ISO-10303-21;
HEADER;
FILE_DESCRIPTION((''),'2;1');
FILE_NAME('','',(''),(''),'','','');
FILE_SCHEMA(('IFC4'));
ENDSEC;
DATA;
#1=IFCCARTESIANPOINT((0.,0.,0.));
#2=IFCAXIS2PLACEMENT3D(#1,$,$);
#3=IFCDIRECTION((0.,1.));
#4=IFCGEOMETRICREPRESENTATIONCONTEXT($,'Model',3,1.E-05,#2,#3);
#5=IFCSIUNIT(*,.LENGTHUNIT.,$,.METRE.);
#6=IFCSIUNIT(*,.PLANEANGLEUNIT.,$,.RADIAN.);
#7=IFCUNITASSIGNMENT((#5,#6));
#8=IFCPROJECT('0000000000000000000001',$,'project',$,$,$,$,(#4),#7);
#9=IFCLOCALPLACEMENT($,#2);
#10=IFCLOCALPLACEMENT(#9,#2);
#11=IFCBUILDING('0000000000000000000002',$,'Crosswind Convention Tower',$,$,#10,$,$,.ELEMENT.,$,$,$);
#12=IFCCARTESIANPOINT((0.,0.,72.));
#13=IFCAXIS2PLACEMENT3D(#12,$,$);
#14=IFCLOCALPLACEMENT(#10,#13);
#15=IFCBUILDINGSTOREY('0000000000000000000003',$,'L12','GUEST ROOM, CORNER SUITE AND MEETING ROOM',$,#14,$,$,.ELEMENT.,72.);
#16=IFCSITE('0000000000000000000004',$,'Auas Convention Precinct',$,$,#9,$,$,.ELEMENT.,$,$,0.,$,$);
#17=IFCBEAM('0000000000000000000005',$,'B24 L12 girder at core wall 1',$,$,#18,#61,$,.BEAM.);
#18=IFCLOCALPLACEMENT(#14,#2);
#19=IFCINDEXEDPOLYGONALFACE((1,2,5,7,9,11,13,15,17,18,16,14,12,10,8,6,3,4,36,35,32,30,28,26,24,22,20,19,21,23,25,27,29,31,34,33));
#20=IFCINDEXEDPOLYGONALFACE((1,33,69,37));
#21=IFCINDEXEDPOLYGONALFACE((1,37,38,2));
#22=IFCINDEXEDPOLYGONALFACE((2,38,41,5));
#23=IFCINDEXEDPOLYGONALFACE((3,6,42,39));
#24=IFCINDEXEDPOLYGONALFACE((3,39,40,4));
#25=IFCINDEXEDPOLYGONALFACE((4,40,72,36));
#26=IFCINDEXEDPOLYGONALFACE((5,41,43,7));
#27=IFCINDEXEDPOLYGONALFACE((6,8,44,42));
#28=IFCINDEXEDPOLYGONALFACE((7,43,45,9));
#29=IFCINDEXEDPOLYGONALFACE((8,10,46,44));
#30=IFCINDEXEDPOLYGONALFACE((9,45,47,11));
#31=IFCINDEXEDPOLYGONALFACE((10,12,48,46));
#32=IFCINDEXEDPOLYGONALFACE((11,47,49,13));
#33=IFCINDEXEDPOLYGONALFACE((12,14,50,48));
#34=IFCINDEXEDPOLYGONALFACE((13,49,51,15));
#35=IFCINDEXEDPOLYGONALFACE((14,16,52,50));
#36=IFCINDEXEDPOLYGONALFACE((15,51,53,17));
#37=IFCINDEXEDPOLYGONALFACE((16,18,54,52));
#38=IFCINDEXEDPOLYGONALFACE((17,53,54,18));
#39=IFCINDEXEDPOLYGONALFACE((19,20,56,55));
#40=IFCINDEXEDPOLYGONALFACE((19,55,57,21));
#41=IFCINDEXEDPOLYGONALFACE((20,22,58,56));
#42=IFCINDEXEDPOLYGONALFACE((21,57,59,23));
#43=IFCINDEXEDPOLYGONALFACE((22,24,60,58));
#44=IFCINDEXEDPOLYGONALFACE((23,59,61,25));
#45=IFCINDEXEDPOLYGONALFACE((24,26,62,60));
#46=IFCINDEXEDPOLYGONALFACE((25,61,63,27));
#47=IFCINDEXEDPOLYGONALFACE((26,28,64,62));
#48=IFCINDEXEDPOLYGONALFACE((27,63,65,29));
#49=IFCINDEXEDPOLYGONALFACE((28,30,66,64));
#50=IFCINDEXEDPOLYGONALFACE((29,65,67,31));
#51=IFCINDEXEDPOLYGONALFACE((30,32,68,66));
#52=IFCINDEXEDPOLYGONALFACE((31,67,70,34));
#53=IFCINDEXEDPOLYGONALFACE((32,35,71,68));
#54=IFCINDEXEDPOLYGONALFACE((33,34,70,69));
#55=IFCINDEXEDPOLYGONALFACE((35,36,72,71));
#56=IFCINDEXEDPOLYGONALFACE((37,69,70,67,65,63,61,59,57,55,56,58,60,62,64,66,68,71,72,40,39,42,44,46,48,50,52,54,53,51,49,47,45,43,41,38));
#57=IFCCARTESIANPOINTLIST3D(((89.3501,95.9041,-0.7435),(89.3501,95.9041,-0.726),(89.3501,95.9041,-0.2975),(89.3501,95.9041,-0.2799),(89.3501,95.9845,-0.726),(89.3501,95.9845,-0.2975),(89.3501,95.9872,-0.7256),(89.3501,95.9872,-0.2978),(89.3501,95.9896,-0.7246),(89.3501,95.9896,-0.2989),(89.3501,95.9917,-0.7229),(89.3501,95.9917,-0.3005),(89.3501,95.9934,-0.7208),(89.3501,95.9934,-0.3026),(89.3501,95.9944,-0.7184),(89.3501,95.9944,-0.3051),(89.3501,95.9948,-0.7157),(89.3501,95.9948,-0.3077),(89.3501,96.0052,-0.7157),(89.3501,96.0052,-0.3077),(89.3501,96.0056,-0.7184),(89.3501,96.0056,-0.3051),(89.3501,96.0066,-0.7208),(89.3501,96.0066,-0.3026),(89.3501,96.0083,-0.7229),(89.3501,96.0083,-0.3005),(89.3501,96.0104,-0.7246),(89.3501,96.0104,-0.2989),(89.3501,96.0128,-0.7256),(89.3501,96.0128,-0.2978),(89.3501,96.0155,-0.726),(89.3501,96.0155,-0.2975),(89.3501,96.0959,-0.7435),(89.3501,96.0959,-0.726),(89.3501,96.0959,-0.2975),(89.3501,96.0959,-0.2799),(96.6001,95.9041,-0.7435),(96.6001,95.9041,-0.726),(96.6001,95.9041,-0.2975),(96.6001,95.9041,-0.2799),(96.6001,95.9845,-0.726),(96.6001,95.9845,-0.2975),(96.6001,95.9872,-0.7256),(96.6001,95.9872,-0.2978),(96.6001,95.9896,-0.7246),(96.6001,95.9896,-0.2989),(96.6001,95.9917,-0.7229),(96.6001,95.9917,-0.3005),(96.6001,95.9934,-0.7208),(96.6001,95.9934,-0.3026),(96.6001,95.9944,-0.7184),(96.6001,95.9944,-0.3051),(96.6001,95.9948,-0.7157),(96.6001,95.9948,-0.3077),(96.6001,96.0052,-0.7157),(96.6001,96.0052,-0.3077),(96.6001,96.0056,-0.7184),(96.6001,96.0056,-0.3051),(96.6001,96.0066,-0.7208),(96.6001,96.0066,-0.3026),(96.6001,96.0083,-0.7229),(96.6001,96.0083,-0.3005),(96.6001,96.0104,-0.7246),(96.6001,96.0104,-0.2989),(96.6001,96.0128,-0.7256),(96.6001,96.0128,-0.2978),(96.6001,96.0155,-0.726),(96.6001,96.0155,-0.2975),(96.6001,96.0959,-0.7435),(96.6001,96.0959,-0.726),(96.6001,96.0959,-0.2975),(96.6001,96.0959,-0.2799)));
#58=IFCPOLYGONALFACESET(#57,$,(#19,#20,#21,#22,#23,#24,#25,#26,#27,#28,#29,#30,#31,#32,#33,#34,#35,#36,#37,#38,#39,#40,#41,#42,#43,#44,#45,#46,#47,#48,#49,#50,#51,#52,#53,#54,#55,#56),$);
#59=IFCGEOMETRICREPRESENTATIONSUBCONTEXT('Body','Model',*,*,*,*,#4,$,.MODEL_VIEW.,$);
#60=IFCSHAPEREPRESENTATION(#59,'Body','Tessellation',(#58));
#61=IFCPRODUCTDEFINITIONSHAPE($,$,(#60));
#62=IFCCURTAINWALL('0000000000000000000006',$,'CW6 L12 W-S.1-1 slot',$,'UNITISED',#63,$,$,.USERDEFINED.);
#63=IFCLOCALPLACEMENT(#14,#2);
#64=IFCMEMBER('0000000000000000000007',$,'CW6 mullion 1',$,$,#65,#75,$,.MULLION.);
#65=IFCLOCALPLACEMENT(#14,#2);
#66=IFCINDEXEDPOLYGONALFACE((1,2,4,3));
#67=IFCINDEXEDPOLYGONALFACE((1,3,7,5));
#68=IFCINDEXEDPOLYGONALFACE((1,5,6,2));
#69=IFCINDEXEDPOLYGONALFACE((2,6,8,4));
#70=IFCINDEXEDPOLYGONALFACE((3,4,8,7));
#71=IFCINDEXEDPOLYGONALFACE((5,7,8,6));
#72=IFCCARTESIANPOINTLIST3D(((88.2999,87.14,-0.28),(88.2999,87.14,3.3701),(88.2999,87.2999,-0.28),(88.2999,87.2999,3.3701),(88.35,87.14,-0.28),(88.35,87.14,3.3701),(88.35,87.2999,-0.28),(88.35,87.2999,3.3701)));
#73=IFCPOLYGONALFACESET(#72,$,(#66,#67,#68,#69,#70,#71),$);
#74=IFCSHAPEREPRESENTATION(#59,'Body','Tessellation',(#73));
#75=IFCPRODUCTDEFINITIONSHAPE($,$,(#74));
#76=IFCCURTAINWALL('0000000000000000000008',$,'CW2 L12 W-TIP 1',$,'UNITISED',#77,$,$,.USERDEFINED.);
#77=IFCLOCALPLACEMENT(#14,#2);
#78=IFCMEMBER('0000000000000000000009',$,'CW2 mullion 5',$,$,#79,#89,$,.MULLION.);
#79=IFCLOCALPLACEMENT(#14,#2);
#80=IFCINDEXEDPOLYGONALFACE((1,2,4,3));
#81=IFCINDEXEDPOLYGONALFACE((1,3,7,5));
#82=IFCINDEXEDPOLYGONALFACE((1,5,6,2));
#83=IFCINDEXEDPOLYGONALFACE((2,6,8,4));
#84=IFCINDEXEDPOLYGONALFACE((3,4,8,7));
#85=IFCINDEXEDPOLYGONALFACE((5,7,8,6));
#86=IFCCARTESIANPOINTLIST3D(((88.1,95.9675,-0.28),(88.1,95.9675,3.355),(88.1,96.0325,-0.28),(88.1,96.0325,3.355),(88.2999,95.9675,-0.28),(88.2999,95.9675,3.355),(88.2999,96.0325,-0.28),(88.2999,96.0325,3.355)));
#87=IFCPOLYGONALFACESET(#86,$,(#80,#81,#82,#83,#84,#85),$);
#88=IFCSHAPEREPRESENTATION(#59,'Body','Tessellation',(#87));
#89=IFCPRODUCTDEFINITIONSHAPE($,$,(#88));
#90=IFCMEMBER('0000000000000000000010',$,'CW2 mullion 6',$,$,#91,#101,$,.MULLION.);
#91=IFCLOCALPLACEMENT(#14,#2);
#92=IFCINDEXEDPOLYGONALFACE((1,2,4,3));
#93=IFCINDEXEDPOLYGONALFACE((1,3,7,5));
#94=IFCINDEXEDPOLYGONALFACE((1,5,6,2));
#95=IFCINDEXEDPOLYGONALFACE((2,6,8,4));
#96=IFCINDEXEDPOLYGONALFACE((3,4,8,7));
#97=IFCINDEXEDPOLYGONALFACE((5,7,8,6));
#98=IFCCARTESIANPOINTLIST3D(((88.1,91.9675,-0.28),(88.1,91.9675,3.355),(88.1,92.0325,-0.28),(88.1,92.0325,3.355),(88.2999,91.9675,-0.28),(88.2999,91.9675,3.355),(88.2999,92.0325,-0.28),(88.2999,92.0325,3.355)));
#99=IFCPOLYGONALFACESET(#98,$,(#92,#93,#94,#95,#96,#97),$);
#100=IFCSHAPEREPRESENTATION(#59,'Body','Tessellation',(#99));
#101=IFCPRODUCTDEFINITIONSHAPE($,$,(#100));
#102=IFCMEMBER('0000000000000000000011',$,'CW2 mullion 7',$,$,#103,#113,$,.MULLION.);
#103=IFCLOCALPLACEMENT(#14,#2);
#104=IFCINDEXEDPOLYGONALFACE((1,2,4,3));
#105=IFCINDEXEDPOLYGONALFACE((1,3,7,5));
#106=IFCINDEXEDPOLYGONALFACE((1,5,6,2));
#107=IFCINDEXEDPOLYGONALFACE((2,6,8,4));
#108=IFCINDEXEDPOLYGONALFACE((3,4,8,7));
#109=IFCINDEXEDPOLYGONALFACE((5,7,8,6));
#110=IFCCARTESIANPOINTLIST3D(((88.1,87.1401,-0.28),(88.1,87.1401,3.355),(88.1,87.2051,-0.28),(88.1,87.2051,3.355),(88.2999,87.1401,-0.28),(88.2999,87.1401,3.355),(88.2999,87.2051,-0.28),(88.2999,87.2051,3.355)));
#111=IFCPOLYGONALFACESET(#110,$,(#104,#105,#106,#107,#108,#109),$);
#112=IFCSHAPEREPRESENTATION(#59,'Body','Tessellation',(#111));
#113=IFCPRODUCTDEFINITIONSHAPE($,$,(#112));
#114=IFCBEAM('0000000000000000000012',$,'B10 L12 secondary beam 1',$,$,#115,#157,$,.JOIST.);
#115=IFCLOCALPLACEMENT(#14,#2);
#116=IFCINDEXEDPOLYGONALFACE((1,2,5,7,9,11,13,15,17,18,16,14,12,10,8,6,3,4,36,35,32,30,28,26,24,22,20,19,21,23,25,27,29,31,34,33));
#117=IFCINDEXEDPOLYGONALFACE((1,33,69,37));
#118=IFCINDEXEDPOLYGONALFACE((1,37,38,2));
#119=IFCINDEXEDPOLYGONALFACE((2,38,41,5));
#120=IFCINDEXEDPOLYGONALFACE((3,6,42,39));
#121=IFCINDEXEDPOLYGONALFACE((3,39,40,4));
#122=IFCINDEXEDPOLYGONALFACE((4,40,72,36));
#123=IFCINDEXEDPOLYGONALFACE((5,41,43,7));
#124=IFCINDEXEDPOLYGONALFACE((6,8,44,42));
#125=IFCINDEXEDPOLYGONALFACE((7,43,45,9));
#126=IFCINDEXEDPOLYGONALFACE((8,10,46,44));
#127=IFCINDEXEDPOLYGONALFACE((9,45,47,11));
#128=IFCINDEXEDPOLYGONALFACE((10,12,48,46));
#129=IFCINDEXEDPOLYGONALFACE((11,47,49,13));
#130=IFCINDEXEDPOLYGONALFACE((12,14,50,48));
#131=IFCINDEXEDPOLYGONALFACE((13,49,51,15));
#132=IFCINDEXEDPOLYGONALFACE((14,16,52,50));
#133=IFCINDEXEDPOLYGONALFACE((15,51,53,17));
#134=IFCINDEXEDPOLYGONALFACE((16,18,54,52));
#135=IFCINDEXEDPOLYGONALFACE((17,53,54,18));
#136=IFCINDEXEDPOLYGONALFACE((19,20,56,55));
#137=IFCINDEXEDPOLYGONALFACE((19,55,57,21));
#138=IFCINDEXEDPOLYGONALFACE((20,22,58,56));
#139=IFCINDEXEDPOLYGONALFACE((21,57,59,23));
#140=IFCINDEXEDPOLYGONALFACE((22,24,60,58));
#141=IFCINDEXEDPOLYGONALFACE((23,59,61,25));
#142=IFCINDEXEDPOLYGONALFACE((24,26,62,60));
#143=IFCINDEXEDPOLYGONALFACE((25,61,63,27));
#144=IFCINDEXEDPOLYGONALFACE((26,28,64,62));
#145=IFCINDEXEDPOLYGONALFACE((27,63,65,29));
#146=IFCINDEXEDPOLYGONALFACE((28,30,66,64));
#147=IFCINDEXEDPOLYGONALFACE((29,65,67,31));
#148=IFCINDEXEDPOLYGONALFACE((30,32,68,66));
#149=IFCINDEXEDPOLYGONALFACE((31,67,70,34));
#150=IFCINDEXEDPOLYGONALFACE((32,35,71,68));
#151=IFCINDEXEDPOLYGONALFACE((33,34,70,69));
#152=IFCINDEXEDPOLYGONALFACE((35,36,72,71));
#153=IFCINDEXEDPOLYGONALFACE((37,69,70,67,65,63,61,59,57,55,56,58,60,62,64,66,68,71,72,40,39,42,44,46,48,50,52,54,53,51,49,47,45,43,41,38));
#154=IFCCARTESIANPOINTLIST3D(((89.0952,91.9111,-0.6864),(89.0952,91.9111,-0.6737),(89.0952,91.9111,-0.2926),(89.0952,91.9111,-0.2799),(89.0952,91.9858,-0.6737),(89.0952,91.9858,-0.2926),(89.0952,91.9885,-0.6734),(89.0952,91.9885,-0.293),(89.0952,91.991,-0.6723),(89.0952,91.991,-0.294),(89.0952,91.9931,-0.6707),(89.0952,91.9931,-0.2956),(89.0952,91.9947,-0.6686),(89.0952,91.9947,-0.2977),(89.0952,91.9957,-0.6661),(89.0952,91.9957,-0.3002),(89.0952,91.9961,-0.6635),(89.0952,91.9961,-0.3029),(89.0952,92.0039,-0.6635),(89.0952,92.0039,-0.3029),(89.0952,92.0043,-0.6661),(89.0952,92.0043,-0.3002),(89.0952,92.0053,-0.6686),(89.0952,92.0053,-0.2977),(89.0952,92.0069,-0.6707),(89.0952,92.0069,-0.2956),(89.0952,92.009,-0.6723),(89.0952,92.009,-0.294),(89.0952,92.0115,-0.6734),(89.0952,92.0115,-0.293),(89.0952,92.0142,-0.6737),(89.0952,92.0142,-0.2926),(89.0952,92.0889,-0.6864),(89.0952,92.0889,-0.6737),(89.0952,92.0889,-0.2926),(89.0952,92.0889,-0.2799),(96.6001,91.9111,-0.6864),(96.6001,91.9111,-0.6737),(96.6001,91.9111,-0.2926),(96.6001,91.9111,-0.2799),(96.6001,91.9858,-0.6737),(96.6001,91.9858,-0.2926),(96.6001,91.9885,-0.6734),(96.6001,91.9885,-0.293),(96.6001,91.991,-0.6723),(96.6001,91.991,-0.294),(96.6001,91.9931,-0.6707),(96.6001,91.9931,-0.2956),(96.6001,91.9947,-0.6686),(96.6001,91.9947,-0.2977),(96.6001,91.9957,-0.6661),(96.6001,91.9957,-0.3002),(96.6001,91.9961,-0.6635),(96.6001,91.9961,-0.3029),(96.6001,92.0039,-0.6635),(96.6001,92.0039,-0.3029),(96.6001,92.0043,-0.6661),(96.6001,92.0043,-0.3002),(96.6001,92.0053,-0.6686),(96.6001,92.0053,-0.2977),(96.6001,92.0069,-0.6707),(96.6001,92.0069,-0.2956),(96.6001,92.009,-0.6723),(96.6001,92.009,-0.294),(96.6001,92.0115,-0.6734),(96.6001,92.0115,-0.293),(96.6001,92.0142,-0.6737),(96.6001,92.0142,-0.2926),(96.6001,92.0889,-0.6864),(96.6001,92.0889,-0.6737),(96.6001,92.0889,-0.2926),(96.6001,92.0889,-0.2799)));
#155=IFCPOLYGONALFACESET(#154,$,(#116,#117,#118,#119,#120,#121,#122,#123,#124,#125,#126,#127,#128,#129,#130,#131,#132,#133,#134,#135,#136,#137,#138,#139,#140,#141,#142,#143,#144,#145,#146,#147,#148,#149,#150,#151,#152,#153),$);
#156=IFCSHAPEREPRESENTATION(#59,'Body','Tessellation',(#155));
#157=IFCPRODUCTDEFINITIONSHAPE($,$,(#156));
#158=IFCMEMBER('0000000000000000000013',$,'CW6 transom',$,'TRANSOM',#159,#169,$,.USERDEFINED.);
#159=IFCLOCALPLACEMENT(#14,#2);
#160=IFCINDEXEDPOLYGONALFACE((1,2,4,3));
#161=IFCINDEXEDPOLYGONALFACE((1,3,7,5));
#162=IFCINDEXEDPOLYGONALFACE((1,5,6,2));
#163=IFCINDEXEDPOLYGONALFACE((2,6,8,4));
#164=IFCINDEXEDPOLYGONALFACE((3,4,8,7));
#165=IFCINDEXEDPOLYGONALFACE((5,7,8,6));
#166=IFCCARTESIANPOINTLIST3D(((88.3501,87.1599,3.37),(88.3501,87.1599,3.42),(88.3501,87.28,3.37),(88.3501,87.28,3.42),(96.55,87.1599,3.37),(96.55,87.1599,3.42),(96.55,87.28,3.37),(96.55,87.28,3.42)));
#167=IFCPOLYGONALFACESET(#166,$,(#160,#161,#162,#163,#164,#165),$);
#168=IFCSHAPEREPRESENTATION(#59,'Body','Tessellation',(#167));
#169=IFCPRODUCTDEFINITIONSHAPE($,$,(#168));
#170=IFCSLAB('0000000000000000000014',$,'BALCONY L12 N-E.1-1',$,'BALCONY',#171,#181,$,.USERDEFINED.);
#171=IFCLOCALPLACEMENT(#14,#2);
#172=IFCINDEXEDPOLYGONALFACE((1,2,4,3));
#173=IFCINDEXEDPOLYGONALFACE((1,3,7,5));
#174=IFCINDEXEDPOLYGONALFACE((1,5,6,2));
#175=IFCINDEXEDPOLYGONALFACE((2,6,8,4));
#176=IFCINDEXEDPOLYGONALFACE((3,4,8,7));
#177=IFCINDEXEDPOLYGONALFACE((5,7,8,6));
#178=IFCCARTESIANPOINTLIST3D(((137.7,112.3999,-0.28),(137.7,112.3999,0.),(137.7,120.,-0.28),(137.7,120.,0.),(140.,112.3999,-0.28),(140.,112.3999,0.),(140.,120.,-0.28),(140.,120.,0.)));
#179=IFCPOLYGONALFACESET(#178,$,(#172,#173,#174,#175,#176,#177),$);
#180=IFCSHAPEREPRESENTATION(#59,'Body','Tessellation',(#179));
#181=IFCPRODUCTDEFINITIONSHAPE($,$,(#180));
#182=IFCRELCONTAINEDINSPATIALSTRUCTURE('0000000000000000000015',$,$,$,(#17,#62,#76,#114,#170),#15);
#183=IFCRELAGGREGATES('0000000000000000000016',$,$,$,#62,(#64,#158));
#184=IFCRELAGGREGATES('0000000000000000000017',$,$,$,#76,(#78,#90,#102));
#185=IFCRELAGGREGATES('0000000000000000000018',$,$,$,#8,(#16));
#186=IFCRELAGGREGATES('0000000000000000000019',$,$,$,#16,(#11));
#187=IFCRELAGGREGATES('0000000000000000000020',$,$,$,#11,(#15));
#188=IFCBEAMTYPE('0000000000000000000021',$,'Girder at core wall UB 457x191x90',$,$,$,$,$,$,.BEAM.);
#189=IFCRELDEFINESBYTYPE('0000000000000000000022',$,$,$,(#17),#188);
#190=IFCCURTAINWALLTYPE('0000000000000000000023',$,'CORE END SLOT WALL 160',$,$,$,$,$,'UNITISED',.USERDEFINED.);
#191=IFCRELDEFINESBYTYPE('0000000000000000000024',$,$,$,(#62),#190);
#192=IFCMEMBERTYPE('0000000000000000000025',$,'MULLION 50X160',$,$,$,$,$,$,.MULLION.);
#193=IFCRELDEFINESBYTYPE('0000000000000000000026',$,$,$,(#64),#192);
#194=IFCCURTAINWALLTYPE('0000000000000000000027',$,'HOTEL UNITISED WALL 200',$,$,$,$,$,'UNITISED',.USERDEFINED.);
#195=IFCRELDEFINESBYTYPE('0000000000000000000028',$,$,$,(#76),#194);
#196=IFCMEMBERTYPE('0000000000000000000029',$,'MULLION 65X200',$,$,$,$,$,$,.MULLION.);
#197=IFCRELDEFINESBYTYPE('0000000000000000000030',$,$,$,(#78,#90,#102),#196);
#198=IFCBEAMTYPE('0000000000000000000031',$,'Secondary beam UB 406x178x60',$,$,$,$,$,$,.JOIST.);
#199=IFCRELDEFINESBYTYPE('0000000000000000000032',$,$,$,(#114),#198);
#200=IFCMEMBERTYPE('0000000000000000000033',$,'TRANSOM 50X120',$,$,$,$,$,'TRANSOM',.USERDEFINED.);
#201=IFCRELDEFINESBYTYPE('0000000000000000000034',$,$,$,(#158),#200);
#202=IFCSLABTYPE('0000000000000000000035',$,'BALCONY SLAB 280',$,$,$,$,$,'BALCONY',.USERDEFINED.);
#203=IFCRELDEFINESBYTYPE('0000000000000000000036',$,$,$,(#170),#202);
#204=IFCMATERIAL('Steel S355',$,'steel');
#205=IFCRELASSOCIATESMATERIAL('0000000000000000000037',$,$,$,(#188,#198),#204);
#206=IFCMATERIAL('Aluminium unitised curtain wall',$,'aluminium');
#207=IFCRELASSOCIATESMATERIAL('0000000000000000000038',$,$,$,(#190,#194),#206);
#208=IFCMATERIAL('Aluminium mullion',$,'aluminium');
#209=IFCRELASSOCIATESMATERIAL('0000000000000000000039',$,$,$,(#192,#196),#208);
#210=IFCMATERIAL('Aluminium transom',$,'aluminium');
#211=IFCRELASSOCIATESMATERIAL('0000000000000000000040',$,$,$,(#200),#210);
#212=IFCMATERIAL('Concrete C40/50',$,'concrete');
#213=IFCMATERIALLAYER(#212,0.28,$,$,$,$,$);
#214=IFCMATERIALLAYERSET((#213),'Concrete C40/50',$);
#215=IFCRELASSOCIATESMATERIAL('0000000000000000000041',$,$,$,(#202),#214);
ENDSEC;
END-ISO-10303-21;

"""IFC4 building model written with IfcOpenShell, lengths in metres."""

from ifc_helpers import new_model, si_unit, direction, frame, origin, origin_2d, place, context, subcontext, project, spatial, polyline, rectangle, i_section, outline, extrude, material, layer, layer_set, material_profile, profile_set, type_object, element, aggregate, save


model = new_model("IFC4")

# Units and contexts
model_context = context("Model", 3, precision=1e-05, world=origin(), true_north=direction((0.0, 1.0)))
body_context = subcontext(model_context, "Body", "Model", "MODEL_VIEW")
ifc_project = project(units=[si_unit("LENGTHUNIT", "METRE"), si_unit("PLANEANGLEUNIT", "RADIAN")], contexts=[model_context])

# Site, building, storey
site_placement = place(None, origin())
site = spatial("IfcSite", under=ifc_project, at=site_placement, Name="Auas Convention Precinct", CompositionType="ELEMENT", RefElevation=0.0)
building_placement = place(site_placement, origin())
building = spatial("IfcBuilding", under=site, at=building_placement, Name="Crosswind Convention Tower", CompositionType="ELEMENT")
storey_placement = place(building_placement, frame((0.0, 0.0, 72.0)))
storey = spatial("IfcBuildingStorey", under=building, at=storey_placement, Name="L12", Description="GUEST ROOM, CORNER SUITE AND MEETING ROOM", CompositionType="ELEMENT", Elevation=72.0)

# Beam
ifc_material_1 = material(Name="Steel S355", Category="steel")
ifc_material_profile_1 = material_profile(ifc_material_1, i_section(OverallWidth=0.1919, OverallDepth=0.4636, WebThickness=0.0105, FlangeThickness=0.0176, FilletRadius=0.0103, at=origin_2d()), Name="UB 457x191x90")
ifc_profile_set_1 = profile_set([ifc_material_profile_1], Name="Steel S355")
beam_type_1 = type_object("IfcBeamType", Name="Girder at core wall UB 457x191x90", PredefinedType="BEAM", material=ifc_profile_set_1)
beam_1_placement = place(storey_placement, frame((89.3501, 96.0, -0.5117), z_axis=(1.0, 0.0, 0.0), x_axis=(0.0, 1.0, 0.0)))
element("IfcBeam", 1, at=beam_1_placement, inside=storey, type_object=beam_type_1, Name="B24 L12 girder at core wall 1", PredefinedType="BEAM", context=body_context, shape_type="SweptSolid", body=[
    extrude(i_section(OverallWidth=0.1919, OverallDepth=0.4636, WebThickness=0.0105, FlangeThickness=0.0176, FilletRadius=0.0103, at=origin_2d()), origin(), (0.0, 0.0, 1.0), 7.25),
])

# Curtain wall, member
ifc_material_2 = material(Name="Aluminium unitised curtain wall", Category="aluminium")
curtain_wall_type_1 = type_object("IfcCurtainWallType", Name="CORE END SLOT WALL 160", ElementType="UNITISED", PredefinedType="USERDEFINED", material=ifc_material_2)
curtain_wall_1_placement = place(storey_placement, origin())
curtain_wall_1 = element("IfcCurtainWall", 2, at=curtain_wall_1_placement, inside=storey, type_object=curtain_wall_type_1, Name="CW6 L12 W-S.1-1 slot", ObjectType="UNITISED", PredefinedType="USERDEFINED")
ifc_material_3 = material(Name="Aluminium mullion", Category="aluminium")
ifc_material_profile_2 = material_profile(ifc_material_3, rectangle(XDim=0.1599, YDim=0.05, at=origin_2d()), Name="AL 160X50")
ifc_profile_set_2 = profile_set([ifc_material_profile_2], Name="Aluminium mullion")
member_type_1 = type_object("IfcMemberType", Name="MULLION 50X160", PredefinedType="MULLION", material=ifc_profile_set_2)
member_1_placement = place(storey_placement, frame((88.325, 87.22, -0.28), z_axis=(0.0, 0.0, 1.0), x_axis=(0.0, -1.0, 0.0)))
member_1 = element("IfcMember", 3, at=member_1_placement, type_object=member_type_1, Name="CW6 mullion 1", PredefinedType="MULLION", context=body_context, shape_type="SweptSolid", body=[
    extrude(rectangle(XDim=0.1599, YDim=0.05, at=origin_2d()), origin(), (0.0, 0.0, 1.0), 3.6501),
])

# Curtain wall, members
curtain_wall_type_2 = type_object("IfcCurtainWallType", Name="HOTEL UNITISED WALL 200", ElementType="UNITISED", PredefinedType="USERDEFINED", material=ifc_material_2)
curtain_wall_2_placement = place(storey_placement, origin())
curtain_wall_2 = element("IfcCurtainWall", 4, at=curtain_wall_2_placement, inside=storey, type_object=curtain_wall_type_2, Name="CW2 L12 W-TIP 1", ObjectType="UNITISED", PredefinedType="USERDEFINED")
ifc_material_profile_3 = material_profile(ifc_material_3, rectangle(XDim=0.2, YDim=0.0649, at=origin_2d()), Name="AL 200X65")
ifc_profile_set_3 = profile_set([ifc_material_profile_3], Name="Aluminium mullion")
member_type_2 = type_object("IfcMemberType", Name="MULLION 65X200", PredefinedType="MULLION", material=ifc_profile_set_3)
member_2_placement = place(storey_placement, frame((88.2, 96.0, -0.28), z_axis=(0.0, 0.0, 1.0), x_axis=(-1.0, 0.0, 0.0)))
member_2 = element("IfcMember", 5, at=member_2_placement, type_object=member_type_2, Name="CW2 mullion 5", PredefinedType="MULLION", context=body_context, shape_type="SweptSolid", body=[
    extrude(rectangle(XDim=0.2, YDim=0.0649, at=origin_2d()), origin(), (0.0, 0.0, 1.0), 3.635),
])
member_3_placement = place(storey_placement, frame((88.2, 92.0, -0.28), z_axis=(0.0, 0.0, 1.0), x_axis=(-1.0, 0.0, 0.0)))
member_3 = element("IfcMember", 6, at=member_3_placement, type_object=member_type_2, Name="CW2 mullion 6", PredefinedType="MULLION", context=body_context, shape_type="SweptSolid", body=[
    extrude(rectangle(XDim=0.2, YDim=0.0649, at=origin_2d()), origin(), (0.0, 0.0, 1.0), 3.635),
])
member_4_placement = place(storey_placement, frame((88.2, 87.1726, -0.28), z_axis=(0.0, 0.0, 1.0), x_axis=(-1.0, 0.0, 0.0)))
member_4 = element("IfcMember", 7, at=member_4_placement, type_object=member_type_2, Name="CW2 mullion 7", PredefinedType="MULLION", context=body_context, shape_type="SweptSolid", body=[
    extrude(rectangle(XDim=0.2, YDim=0.0649, at=origin_2d()), origin(), (0.0, 0.0, 1.0), 3.635),
])

# Beam
ifc_material_profile_4 = material_profile(ifc_material_1, i_section(OverallWidth=0.1777, OverallDepth=0.4065, WebThickness=0.0078, FlangeThickness=0.0127, FilletRadius=0.0103, at=origin_2d()), Name="UB 406x178x60")
ifc_profile_set_4 = profile_set([ifc_material_profile_4], Name="Steel S355")
beam_type_2 = type_object("IfcBeamType", Name="Secondary beam UB 406x178x60", PredefinedType="JOIST", material=ifc_profile_set_4)
beam_2_placement = place(storey_placement, frame((89.0952, 92.0, -0.4832), z_axis=(1.0, 0.0, 0.0), x_axis=(0.0, 1.0, 0.0)))
element("IfcBeam", 8, at=beam_2_placement, inside=storey, type_object=beam_type_2, Name="B10 L12 secondary beam 1", PredefinedType="JOIST", context=body_context, shape_type="SweptSolid", body=[
    extrude(i_section(OverallWidth=0.1777, OverallDepth=0.4065, WebThickness=0.0078, FlangeThickness=0.0127, FilletRadius=0.0103, at=origin_2d()), origin(), (0.0, 0.0, 1.0), 7.5049),
])

# Member
ifc_material_4 = material(Name="Aluminium transom", Category="aluminium")
ifc_material_profile_5 = material_profile(ifc_material_4, rectangle(XDim=0.1201, YDim=0.05, at=origin_2d()), Name="AL 120X50")
ifc_profile_set_5 = profile_set([ifc_material_profile_5], Name="Aluminium transom")
member_type_3 = type_object("IfcMemberType", Name="TRANSOM 50X120", ElementType="TRANSOM", PredefinedType="USERDEFINED", material=ifc_profile_set_5)
member_5_placement = place(storey_placement, frame((88.3501, 87.22, 3.395), z_axis=(1.0, 0.0, 0.0), x_axis=(0.0, 1.0, 0.0)))
member_5 = element("IfcMember", 9, at=member_5_placement, type_object=member_type_3, Name="CW6 transom", ObjectType="TRANSOM", PredefinedType="USERDEFINED", context=body_context, shape_type="SweptSolid", body=[
    extrude(rectangle(XDim=0.1201, YDim=0.05, at=origin_2d()), origin(), (0.0, 0.0, 1.0), 8.2),
])

# Slab
ifc_material_5 = material(Name="Concrete C40/50", Category="concrete")
ifc_layer_1 = layer(ifc_material_5, 0.28)
ifc_layer_set_1 = layer_set([ifc_layer_1], Name="Concrete C40/50")
slab_type_1 = type_object("IfcSlabType", Name="BALCONY SLAB 280", ElementType="BALCONY", PredefinedType="USERDEFINED", material=ifc_layer_set_1)
slab_1_placement = place(storey_placement, frame((0.0, 0.0, -0.28)))
element("IfcSlab", 10, at=slab_1_placement, inside=storey, type_object=slab_type_1, Name="BALCONY L12 N-E.1-1", ObjectType="BALCONY", PredefinedType="USERDEFINED", context=body_context, shape_type="SweptSolid", body=[
    extrude(outline(polyline([(137.7, 112.3999), (137.7, 120.0), (140.0, 120.0), (140.0, 112.3999), (137.7, 112.3999)])), origin(), (0.0, 0.0, 1.0), 0.28),
])

aggregate(curtain_wall_1, [member_1, member_5])
aggregate(curtain_wall_2, [member_2, member_3, member_4])

save(model, "model.ifc")
